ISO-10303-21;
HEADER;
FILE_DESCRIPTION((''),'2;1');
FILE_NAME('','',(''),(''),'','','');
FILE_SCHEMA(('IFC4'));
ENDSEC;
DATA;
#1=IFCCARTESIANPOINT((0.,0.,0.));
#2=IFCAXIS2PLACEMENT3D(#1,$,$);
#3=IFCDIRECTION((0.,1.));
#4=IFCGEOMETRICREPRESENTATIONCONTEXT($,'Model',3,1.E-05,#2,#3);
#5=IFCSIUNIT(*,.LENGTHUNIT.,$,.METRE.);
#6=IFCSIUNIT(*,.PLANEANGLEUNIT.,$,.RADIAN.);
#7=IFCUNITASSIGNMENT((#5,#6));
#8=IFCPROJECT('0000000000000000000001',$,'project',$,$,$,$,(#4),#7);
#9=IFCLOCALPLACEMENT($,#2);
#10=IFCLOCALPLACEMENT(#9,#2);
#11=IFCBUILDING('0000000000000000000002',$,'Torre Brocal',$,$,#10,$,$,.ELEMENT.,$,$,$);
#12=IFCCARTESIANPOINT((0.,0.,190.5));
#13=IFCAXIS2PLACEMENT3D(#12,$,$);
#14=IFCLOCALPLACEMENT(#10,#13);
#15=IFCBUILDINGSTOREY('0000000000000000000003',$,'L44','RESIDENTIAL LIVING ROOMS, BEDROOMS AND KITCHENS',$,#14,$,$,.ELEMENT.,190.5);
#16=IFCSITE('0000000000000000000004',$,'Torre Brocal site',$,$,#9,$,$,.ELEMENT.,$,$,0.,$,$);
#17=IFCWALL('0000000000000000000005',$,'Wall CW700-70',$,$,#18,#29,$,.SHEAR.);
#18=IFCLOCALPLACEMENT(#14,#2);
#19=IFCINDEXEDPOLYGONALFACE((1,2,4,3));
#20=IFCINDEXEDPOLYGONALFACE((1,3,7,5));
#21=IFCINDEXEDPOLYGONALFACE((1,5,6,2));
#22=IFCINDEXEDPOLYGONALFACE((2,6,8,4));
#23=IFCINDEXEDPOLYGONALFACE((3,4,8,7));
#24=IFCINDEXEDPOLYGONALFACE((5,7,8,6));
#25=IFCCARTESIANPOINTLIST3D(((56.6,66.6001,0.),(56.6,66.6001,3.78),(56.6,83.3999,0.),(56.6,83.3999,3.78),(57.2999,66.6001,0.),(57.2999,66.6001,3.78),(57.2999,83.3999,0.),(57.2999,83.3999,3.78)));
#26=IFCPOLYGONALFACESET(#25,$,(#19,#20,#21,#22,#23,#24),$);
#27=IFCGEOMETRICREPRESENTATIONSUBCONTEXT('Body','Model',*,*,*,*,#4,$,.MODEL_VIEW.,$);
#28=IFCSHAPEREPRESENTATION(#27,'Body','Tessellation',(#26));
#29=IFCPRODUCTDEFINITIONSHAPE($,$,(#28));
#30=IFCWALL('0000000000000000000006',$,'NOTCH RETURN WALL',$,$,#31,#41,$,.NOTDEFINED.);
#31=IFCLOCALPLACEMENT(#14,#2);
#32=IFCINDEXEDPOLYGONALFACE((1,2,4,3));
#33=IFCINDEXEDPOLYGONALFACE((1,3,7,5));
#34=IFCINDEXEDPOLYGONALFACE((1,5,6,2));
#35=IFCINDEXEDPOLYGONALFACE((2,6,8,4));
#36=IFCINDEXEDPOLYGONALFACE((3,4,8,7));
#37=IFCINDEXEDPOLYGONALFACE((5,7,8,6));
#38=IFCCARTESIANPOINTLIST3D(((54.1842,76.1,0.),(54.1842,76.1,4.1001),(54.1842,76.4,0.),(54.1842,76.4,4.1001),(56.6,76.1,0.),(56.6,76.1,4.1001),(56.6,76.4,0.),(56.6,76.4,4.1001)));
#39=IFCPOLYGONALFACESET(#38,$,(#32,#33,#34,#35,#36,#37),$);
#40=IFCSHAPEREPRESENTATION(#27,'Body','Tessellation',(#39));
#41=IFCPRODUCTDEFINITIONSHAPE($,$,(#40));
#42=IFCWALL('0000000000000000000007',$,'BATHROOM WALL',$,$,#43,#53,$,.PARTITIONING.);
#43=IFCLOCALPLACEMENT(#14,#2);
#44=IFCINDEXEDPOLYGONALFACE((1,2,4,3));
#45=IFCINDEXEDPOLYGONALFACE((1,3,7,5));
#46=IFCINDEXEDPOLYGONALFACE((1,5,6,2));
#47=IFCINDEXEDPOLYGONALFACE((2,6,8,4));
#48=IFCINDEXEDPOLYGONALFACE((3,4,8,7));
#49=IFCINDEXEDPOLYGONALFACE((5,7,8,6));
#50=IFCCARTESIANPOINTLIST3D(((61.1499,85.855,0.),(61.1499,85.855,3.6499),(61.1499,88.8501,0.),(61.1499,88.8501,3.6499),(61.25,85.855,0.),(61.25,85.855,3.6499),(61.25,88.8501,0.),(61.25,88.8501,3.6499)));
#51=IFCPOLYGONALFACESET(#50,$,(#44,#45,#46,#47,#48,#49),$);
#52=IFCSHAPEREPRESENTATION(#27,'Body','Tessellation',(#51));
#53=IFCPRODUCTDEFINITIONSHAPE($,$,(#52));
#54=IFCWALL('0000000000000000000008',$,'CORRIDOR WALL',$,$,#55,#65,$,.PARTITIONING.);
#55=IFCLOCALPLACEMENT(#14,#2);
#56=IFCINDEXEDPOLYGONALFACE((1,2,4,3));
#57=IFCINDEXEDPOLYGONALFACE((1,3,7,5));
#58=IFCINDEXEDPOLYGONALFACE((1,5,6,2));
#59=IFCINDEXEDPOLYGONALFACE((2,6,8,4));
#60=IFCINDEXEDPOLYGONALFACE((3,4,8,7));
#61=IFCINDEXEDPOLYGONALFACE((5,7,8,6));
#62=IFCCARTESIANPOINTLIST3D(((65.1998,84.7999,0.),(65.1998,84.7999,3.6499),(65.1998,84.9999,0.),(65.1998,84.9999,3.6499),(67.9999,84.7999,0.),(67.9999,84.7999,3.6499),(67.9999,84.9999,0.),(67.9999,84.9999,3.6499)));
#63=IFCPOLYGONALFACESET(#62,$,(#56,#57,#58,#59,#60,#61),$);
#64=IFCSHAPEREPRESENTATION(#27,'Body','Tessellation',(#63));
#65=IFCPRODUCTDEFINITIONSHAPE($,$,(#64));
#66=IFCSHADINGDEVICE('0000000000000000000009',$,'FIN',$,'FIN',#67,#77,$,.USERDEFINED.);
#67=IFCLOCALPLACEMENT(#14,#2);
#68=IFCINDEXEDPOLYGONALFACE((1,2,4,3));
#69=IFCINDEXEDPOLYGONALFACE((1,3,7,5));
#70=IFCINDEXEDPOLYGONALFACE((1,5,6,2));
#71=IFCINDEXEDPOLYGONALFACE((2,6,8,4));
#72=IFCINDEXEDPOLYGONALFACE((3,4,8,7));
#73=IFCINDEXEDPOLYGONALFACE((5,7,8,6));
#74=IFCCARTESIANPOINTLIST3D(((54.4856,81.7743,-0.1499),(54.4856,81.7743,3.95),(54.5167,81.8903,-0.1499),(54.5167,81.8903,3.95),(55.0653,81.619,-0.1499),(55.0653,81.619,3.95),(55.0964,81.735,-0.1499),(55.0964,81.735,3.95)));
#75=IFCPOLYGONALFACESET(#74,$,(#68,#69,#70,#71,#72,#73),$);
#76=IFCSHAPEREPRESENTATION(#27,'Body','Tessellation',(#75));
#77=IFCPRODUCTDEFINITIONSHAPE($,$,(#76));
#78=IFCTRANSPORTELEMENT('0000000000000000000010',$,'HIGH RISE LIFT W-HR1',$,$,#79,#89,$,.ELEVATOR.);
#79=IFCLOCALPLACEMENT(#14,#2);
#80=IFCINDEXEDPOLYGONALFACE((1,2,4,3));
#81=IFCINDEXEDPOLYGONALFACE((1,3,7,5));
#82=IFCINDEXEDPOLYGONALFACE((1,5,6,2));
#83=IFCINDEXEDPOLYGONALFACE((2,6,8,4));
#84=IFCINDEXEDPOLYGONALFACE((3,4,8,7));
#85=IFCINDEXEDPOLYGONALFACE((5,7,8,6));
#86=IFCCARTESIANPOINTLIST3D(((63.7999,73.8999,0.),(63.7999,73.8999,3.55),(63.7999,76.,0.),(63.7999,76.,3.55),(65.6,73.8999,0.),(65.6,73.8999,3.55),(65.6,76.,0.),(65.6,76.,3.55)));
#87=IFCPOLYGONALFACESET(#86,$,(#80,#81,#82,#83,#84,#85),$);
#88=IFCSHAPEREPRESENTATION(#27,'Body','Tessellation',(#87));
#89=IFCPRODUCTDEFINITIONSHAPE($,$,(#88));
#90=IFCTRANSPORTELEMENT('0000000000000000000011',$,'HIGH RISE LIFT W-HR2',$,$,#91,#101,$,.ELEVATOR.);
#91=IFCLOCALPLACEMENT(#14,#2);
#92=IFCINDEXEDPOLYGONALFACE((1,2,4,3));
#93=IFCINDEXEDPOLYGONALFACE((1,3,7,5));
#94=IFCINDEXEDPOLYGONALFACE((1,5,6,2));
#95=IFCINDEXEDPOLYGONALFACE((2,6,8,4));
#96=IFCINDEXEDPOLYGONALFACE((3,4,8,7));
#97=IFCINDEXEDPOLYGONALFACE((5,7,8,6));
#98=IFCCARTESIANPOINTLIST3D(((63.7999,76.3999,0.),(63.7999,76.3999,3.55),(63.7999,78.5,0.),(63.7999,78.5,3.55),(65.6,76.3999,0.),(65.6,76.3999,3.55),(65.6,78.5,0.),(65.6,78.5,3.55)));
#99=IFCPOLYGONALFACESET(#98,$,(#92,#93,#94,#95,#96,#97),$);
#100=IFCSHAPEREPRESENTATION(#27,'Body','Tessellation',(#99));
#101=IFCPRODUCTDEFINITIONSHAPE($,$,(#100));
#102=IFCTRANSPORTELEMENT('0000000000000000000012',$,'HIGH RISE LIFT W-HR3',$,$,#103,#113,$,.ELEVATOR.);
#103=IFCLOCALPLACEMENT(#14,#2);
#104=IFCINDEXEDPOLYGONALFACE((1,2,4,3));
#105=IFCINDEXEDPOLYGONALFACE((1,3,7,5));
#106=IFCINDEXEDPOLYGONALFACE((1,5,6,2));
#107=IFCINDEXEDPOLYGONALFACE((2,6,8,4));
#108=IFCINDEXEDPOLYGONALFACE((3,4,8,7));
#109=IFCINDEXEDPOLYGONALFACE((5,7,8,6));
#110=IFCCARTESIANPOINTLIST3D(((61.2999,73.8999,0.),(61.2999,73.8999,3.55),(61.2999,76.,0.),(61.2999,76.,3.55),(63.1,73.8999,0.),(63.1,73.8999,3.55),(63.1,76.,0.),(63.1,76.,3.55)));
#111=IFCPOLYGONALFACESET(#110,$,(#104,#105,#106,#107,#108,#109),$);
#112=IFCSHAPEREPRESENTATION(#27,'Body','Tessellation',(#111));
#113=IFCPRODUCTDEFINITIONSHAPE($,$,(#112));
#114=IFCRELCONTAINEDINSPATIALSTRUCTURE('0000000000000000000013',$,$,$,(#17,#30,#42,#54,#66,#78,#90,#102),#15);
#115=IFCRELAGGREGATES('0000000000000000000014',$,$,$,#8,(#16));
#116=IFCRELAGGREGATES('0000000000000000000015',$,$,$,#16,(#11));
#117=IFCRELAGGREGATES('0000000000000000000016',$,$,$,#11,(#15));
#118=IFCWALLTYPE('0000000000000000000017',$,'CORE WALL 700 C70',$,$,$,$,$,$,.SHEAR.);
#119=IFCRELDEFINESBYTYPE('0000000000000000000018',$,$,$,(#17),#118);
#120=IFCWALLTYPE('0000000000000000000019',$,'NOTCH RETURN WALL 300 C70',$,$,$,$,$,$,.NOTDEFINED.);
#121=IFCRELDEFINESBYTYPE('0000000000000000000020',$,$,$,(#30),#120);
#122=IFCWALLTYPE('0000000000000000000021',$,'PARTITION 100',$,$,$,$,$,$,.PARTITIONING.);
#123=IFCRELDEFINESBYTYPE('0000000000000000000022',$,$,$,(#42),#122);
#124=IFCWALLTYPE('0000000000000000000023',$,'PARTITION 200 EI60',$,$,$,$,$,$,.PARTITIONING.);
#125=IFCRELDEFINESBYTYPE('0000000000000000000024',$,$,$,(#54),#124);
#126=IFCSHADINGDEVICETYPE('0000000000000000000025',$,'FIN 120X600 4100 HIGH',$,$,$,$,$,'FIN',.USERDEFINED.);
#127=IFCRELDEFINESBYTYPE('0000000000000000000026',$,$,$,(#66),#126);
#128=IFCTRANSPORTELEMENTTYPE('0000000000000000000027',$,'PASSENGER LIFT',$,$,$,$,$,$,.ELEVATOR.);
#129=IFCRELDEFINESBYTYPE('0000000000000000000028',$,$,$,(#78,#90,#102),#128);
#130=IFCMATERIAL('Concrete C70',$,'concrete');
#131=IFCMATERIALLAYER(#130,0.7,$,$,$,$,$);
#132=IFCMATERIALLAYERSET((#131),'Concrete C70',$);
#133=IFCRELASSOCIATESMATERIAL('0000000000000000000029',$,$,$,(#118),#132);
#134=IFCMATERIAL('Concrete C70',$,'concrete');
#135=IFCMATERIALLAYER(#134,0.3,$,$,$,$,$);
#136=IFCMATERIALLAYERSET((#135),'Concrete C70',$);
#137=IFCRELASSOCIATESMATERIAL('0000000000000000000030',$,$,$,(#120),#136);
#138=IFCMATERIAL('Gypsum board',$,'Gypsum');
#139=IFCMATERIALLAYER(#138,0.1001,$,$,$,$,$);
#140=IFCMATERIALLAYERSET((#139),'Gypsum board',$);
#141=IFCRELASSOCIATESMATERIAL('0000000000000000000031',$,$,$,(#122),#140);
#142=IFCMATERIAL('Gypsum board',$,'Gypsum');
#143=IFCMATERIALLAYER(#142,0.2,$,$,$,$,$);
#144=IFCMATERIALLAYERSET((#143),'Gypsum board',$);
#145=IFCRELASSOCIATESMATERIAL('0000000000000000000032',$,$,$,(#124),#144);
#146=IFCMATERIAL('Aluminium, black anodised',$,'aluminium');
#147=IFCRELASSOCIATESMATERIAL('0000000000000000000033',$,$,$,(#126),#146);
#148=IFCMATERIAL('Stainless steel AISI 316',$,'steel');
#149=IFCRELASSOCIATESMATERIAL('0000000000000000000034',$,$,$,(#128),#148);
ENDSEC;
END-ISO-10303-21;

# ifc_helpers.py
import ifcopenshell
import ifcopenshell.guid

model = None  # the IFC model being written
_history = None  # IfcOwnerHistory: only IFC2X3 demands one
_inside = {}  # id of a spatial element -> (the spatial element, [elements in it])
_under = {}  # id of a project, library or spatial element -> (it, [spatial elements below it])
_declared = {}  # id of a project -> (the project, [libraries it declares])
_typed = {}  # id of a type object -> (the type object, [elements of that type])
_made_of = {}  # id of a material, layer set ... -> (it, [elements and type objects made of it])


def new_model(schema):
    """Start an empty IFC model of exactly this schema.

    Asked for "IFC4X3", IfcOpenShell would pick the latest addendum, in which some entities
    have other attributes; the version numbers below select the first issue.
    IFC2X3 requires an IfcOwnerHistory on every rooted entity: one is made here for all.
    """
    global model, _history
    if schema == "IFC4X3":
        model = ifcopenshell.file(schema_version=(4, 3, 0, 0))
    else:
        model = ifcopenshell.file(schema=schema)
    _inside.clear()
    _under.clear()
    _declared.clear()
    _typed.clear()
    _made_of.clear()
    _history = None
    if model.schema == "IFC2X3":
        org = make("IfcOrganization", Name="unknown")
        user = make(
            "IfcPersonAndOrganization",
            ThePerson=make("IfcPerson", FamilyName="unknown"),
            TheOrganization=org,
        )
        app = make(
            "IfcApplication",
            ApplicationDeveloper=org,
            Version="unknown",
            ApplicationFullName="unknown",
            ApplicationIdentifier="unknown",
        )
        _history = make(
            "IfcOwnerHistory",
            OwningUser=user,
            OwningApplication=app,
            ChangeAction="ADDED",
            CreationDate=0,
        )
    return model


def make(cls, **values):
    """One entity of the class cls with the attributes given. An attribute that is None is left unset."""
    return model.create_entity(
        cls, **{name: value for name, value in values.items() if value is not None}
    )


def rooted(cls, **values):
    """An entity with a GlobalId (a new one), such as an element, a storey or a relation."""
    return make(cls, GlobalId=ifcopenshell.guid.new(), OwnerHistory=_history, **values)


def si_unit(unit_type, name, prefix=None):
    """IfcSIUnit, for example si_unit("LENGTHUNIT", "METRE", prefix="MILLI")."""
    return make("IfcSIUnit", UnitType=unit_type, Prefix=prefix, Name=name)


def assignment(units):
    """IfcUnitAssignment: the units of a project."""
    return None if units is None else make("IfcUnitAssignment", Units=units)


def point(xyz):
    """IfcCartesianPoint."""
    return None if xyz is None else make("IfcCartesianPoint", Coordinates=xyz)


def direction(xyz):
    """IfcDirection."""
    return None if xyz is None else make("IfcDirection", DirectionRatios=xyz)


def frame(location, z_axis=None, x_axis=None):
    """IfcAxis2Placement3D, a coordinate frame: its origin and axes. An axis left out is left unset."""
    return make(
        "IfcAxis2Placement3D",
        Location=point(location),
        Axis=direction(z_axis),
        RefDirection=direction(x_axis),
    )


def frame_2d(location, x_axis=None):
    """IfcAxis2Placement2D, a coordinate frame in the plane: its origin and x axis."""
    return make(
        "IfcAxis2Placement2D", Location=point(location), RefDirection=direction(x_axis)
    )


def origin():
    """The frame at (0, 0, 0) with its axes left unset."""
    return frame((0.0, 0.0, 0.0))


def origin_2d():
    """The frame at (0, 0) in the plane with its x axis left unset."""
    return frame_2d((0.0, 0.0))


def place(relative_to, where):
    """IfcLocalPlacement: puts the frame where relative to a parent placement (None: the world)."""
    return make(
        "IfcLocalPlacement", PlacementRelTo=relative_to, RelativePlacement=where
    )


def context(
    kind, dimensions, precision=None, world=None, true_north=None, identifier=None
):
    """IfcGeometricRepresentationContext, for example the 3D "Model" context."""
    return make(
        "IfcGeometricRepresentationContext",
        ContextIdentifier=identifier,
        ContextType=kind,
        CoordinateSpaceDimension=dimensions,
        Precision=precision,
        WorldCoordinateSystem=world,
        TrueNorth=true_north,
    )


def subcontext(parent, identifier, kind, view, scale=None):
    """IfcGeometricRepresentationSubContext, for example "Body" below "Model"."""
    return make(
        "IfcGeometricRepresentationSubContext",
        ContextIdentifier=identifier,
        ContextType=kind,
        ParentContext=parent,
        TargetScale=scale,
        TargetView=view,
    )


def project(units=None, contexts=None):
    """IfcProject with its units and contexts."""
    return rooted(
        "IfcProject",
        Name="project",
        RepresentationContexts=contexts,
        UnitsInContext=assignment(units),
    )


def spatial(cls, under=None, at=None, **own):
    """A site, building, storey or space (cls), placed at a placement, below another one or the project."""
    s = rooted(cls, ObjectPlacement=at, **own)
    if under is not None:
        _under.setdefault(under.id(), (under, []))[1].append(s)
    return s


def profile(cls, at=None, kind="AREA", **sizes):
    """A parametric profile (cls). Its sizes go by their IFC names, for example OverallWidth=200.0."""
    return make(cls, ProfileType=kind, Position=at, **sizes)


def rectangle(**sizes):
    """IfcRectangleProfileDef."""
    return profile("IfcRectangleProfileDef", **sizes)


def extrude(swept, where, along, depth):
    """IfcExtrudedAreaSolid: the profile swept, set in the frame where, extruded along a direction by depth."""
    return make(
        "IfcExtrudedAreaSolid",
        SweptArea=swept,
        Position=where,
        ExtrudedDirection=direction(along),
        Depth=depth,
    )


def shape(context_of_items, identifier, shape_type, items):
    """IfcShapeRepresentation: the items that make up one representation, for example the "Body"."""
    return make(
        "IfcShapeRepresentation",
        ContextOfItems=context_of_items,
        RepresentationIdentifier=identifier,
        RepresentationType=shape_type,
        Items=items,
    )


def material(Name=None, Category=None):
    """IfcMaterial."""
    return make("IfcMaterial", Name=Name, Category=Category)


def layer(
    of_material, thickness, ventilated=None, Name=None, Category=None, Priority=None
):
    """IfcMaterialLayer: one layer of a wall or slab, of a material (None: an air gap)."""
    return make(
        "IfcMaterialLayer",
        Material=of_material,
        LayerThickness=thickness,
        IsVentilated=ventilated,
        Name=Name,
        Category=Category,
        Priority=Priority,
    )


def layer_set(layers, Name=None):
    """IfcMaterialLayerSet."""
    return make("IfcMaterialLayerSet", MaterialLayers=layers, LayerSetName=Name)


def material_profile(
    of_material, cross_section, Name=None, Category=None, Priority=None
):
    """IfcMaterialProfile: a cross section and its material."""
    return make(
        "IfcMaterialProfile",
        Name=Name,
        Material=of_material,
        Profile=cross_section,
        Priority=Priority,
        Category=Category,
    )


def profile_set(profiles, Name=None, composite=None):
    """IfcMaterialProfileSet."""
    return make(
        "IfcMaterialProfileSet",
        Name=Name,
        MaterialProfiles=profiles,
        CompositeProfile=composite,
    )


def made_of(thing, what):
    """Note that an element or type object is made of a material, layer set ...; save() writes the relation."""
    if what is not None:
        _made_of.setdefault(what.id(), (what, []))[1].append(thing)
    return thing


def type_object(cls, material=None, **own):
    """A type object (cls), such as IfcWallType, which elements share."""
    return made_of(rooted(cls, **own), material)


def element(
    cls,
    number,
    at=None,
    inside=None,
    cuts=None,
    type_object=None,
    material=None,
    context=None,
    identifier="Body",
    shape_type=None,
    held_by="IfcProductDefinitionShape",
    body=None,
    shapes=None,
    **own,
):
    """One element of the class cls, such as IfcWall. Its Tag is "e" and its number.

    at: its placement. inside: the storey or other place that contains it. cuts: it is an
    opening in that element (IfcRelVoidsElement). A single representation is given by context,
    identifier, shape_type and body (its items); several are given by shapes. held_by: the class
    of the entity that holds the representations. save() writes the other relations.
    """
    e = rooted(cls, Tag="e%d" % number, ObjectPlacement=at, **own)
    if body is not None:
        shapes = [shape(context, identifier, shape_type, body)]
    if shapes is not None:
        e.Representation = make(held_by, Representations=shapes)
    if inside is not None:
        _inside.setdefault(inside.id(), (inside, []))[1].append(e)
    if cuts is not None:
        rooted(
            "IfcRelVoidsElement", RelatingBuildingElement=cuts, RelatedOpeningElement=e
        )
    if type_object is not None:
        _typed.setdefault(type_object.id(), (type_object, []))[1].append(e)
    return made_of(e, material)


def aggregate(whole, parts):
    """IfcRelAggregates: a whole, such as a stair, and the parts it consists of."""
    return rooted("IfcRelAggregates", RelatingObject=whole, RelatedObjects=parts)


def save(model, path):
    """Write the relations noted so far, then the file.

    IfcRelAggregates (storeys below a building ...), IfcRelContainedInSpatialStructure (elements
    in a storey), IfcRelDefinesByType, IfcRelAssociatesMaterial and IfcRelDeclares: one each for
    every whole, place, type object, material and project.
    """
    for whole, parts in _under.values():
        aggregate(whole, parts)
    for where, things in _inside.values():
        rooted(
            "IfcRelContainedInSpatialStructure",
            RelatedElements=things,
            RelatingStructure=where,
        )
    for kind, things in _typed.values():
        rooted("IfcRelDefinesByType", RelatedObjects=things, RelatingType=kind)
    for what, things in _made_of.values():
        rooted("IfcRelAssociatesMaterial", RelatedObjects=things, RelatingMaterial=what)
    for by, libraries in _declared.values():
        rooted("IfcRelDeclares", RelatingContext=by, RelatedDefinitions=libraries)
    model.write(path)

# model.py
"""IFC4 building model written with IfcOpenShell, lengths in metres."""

from ifc_helpers import new_model, si_unit, direction, frame, frame_2d, origin, origin_2d, place, context, subcontext, project, spatial, rectangle, extrude, material, layer, layer_set, material_profile, profile_set, type_object, element, save


model = new_model("IFC4")

# Units and contexts
model_context = context("Model", 3, precision=1e-05, world=origin(), true_north=direction((0.0, 1.0)))
body_context = subcontext(model_context, "Body", "Model", "MODEL_VIEW")
ifc_project = project(units=[si_unit("LENGTHUNIT", "METRE"), si_unit("PLANEANGLEUNIT", "RADIAN")], contexts=[model_context])

# Site, building, storey
site_placement = place(None, origin())
site = spatial("IfcSite", under=ifc_project, at=site_placement, Name="Torre Brocal site", CompositionType="ELEMENT", RefElevation=0.0)
building_placement = place(site_placement, origin())
building = spatial("IfcBuilding", under=site, at=building_placement, Name="Torre Brocal", CompositionType="ELEMENT")
storey_placement = place(building_placement, frame((0.0, 0.0, 190.5)))
storey = spatial("IfcBuildingStorey", under=building, at=storey_placement, Name="L44", Description="RESIDENTIAL LIVING ROOMS, BEDROOMS AND KITCHENS", CompositionType="ELEMENT", Elevation=190.5)

# Walls
ifc_material_1 = material(Name="Concrete C70", Category="concrete")
ifc_layer_1 = layer(ifc_material_1, 0.7)
ifc_layer_set_1 = layer_set([ifc_layer_1], Name="Concrete C70")
wall_type_1 = type_object("IfcWallType", Name="CORE WALL 700 C70", PredefinedType="SHEAR", material=ifc_layer_set_1)
wall_1_placement = place(storey_placement, frame((56.95, 83.3999, 0.0), z_axis=(0.0, 0.0, 1.0), x_axis=(0.0, -1.0, 0.0)))
element("IfcWall", 1, at=wall_1_placement, inside=storey, type_object=wall_type_1, Name="Wall CW700-70", PredefinedType="SHEAR", context=body_context, shape_type="SweptSolid", body=[
    extrude(rectangle(XDim=16.7998, YDim=0.7, at=frame_2d((8.3999, 0.0))), origin(), (0.0, 0.0, 1.0), 3.78),
])
ifc_material_2 = material(Name="Concrete C70", Category="concrete")
ifc_layer_2 = layer(ifc_material_2, 0.3)
ifc_layer_set_2 = layer_set([ifc_layer_2], Name="Concrete C70")
wall_type_2 = type_object("IfcWallType", Name="NOTCH RETURN WALL 300 C70", PredefinedType="NOTDEFINED", material=ifc_layer_set_2)
wall_2_placement = place(storey_placement, frame((56.6001, 76.25, 0.0), z_axis=(0.0, 0.0, 1.0), x_axis=(-1.0, 0.0, 0.0)))
element("IfcWall", 2, at=wall_2_placement, inside=storey, type_object=wall_type_2, Name="NOTCH RETURN WALL", PredefinedType="NOTDEFINED", context=body_context, shape_type="SweptSolid", body=[
    extrude(rectangle(XDim=2.4158, YDim=0.3, at=frame_2d((1.208, 0.0))), origin(), (0.0, 0.0, 1.0), 4.1001),
])
ifc_material_3 = material(Name="Gypsum board", Category="Gypsum")
ifc_layer_3 = layer(ifc_material_3, 0.1001)
ifc_layer_set_3 = layer_set([ifc_layer_3], Name="Gypsum board")
wall_type_3 = type_object("IfcWallType", Name="PARTITION 100", PredefinedType="PARTITIONING", material=ifc_layer_set_3)
wall_3_placement = place(storey_placement, frame((61.2, 85.855, 0.0), z_axis=(0.0, 0.0, 1.0), x_axis=(0.0, 1.0, 0.0)))
element("IfcWall", 3, at=wall_3_placement, inside=storey, type_object=wall_type_3, Name="BATHROOM WALL", PredefinedType="PARTITIONING", context=body_context, shape_type="SweptSolid", body=[
    extrude(rectangle(XDim=2.9951, YDim=0.1001, at=frame_2d((1.4976, 0.0))), origin(), (0.0, 0.0, 1.0), 3.6499),
])
ifc_material_4 = material(Name="Gypsum board", Category="Gypsum")
ifc_layer_4 = layer(ifc_material_4, 0.2)
ifc_layer_set_4 = layer_set([ifc_layer_4], Name="Gypsum board")
wall_type_4 = type_object("IfcWallType", Name="PARTITION 200 EI60", PredefinedType="PARTITIONING", material=ifc_layer_set_4)
wall_4_placement = place(storey_placement, frame((65.2, 84.8999, 0.0), z_axis=(0.0, 0.0, 1.0), x_axis=(1.0, 0.0, 0.0)))
element("IfcWall", 4, at=wall_4_placement, inside=storey, type_object=wall_type_4, Name="CORRIDOR WALL", PredefinedType="PARTITIONING", context=body_context, shape_type="SweptSolid", body=[
    extrude(rectangle(XDim=2.8, YDim=0.2, at=frame_2d((1.3999, 0.0))), origin(), (0.0, 0.0, 1.0), 3.6499),
])

# Shading device
ifc_material_5 = material(Name="Aluminium, black anodised", Category="aluminium")
ifc_material_profile_1 = material_profile(ifc_material_5, rectangle(XDim=0.1201, YDim=0.6001, at=origin_2d()), Name="FIN 120X600 4100 HIGH")
ifc_profile_set_1 = profile_set([ifc_material_profile_1], Name="Aluminium, black anodised")
shading_device_type = type_object("IfcShadingDeviceType", Name="FIN 120X600 4100 HIGH", ElementType="FIN", PredefinedType="USERDEFINED", material=ifc_profile_set_1)
shading_device_placement = place(storey_placement, frame((54.791, 81.7546, -0.1499), z_axis=(0.0, 0.0, 1.0), x_axis=(-0.258819, -0.965926, 0.0)))
element("IfcShadingDevice", 5, at=shading_device_placement, inside=storey, type_object=shading_device_type, Name="FIN", ObjectType="FIN", PredefinedType="USERDEFINED", context=body_context, shape_type="SweptSolid", body=[
    extrude(rectangle(XDim=0.1201, YDim=0.6001, at=origin_2d()), origin(), (0.0, 0.0, 1.0), 4.0999),
])

# Transport elements
ifc_material_6 = material(Name="Stainless steel AISI 316", Category="steel")
transport_element_type = type_object("IfcTransportElementType", Name="PASSENGER LIFT", PredefinedType="ELEVATOR", material=ifc_material_6)
for number, where, z_axis, x_axis, name in (
    (6, (64.7, 74.95, 0.0), (0.0, 0.0, 1.0), (1.0, 0.0, 0.0), "HIGH RISE LIFT W-HR1"),
    (7, (64.7, 77.45, 0.0), (0.0, 0.0, 1.0), (1.0, 0.0, 0.0), "HIGH RISE LIFT W-HR2"),
    (8, (62.2, 74.95, 0.0), (0.0, 0.0, 1.0), (1.0, 0.0, 0.0), "HIGH RISE LIFT W-HR3"),
):
    element("IfcTransportElement", number, at=place(storey_placement, frame(where, z_axis=z_axis, x_axis=x_axis)), inside=storey, type_object=transport_element_type, Name=name, PredefinedType="ELEVATOR", context=body_context, shape_type="SweptSolid", body=[
        extrude(rectangle(XDim=1.8, YDim=2.1001, at=origin_2d()), origin(), (0.0, 0.0, 1.0), 3.55),
    ])

save(model, "model.ifc")
